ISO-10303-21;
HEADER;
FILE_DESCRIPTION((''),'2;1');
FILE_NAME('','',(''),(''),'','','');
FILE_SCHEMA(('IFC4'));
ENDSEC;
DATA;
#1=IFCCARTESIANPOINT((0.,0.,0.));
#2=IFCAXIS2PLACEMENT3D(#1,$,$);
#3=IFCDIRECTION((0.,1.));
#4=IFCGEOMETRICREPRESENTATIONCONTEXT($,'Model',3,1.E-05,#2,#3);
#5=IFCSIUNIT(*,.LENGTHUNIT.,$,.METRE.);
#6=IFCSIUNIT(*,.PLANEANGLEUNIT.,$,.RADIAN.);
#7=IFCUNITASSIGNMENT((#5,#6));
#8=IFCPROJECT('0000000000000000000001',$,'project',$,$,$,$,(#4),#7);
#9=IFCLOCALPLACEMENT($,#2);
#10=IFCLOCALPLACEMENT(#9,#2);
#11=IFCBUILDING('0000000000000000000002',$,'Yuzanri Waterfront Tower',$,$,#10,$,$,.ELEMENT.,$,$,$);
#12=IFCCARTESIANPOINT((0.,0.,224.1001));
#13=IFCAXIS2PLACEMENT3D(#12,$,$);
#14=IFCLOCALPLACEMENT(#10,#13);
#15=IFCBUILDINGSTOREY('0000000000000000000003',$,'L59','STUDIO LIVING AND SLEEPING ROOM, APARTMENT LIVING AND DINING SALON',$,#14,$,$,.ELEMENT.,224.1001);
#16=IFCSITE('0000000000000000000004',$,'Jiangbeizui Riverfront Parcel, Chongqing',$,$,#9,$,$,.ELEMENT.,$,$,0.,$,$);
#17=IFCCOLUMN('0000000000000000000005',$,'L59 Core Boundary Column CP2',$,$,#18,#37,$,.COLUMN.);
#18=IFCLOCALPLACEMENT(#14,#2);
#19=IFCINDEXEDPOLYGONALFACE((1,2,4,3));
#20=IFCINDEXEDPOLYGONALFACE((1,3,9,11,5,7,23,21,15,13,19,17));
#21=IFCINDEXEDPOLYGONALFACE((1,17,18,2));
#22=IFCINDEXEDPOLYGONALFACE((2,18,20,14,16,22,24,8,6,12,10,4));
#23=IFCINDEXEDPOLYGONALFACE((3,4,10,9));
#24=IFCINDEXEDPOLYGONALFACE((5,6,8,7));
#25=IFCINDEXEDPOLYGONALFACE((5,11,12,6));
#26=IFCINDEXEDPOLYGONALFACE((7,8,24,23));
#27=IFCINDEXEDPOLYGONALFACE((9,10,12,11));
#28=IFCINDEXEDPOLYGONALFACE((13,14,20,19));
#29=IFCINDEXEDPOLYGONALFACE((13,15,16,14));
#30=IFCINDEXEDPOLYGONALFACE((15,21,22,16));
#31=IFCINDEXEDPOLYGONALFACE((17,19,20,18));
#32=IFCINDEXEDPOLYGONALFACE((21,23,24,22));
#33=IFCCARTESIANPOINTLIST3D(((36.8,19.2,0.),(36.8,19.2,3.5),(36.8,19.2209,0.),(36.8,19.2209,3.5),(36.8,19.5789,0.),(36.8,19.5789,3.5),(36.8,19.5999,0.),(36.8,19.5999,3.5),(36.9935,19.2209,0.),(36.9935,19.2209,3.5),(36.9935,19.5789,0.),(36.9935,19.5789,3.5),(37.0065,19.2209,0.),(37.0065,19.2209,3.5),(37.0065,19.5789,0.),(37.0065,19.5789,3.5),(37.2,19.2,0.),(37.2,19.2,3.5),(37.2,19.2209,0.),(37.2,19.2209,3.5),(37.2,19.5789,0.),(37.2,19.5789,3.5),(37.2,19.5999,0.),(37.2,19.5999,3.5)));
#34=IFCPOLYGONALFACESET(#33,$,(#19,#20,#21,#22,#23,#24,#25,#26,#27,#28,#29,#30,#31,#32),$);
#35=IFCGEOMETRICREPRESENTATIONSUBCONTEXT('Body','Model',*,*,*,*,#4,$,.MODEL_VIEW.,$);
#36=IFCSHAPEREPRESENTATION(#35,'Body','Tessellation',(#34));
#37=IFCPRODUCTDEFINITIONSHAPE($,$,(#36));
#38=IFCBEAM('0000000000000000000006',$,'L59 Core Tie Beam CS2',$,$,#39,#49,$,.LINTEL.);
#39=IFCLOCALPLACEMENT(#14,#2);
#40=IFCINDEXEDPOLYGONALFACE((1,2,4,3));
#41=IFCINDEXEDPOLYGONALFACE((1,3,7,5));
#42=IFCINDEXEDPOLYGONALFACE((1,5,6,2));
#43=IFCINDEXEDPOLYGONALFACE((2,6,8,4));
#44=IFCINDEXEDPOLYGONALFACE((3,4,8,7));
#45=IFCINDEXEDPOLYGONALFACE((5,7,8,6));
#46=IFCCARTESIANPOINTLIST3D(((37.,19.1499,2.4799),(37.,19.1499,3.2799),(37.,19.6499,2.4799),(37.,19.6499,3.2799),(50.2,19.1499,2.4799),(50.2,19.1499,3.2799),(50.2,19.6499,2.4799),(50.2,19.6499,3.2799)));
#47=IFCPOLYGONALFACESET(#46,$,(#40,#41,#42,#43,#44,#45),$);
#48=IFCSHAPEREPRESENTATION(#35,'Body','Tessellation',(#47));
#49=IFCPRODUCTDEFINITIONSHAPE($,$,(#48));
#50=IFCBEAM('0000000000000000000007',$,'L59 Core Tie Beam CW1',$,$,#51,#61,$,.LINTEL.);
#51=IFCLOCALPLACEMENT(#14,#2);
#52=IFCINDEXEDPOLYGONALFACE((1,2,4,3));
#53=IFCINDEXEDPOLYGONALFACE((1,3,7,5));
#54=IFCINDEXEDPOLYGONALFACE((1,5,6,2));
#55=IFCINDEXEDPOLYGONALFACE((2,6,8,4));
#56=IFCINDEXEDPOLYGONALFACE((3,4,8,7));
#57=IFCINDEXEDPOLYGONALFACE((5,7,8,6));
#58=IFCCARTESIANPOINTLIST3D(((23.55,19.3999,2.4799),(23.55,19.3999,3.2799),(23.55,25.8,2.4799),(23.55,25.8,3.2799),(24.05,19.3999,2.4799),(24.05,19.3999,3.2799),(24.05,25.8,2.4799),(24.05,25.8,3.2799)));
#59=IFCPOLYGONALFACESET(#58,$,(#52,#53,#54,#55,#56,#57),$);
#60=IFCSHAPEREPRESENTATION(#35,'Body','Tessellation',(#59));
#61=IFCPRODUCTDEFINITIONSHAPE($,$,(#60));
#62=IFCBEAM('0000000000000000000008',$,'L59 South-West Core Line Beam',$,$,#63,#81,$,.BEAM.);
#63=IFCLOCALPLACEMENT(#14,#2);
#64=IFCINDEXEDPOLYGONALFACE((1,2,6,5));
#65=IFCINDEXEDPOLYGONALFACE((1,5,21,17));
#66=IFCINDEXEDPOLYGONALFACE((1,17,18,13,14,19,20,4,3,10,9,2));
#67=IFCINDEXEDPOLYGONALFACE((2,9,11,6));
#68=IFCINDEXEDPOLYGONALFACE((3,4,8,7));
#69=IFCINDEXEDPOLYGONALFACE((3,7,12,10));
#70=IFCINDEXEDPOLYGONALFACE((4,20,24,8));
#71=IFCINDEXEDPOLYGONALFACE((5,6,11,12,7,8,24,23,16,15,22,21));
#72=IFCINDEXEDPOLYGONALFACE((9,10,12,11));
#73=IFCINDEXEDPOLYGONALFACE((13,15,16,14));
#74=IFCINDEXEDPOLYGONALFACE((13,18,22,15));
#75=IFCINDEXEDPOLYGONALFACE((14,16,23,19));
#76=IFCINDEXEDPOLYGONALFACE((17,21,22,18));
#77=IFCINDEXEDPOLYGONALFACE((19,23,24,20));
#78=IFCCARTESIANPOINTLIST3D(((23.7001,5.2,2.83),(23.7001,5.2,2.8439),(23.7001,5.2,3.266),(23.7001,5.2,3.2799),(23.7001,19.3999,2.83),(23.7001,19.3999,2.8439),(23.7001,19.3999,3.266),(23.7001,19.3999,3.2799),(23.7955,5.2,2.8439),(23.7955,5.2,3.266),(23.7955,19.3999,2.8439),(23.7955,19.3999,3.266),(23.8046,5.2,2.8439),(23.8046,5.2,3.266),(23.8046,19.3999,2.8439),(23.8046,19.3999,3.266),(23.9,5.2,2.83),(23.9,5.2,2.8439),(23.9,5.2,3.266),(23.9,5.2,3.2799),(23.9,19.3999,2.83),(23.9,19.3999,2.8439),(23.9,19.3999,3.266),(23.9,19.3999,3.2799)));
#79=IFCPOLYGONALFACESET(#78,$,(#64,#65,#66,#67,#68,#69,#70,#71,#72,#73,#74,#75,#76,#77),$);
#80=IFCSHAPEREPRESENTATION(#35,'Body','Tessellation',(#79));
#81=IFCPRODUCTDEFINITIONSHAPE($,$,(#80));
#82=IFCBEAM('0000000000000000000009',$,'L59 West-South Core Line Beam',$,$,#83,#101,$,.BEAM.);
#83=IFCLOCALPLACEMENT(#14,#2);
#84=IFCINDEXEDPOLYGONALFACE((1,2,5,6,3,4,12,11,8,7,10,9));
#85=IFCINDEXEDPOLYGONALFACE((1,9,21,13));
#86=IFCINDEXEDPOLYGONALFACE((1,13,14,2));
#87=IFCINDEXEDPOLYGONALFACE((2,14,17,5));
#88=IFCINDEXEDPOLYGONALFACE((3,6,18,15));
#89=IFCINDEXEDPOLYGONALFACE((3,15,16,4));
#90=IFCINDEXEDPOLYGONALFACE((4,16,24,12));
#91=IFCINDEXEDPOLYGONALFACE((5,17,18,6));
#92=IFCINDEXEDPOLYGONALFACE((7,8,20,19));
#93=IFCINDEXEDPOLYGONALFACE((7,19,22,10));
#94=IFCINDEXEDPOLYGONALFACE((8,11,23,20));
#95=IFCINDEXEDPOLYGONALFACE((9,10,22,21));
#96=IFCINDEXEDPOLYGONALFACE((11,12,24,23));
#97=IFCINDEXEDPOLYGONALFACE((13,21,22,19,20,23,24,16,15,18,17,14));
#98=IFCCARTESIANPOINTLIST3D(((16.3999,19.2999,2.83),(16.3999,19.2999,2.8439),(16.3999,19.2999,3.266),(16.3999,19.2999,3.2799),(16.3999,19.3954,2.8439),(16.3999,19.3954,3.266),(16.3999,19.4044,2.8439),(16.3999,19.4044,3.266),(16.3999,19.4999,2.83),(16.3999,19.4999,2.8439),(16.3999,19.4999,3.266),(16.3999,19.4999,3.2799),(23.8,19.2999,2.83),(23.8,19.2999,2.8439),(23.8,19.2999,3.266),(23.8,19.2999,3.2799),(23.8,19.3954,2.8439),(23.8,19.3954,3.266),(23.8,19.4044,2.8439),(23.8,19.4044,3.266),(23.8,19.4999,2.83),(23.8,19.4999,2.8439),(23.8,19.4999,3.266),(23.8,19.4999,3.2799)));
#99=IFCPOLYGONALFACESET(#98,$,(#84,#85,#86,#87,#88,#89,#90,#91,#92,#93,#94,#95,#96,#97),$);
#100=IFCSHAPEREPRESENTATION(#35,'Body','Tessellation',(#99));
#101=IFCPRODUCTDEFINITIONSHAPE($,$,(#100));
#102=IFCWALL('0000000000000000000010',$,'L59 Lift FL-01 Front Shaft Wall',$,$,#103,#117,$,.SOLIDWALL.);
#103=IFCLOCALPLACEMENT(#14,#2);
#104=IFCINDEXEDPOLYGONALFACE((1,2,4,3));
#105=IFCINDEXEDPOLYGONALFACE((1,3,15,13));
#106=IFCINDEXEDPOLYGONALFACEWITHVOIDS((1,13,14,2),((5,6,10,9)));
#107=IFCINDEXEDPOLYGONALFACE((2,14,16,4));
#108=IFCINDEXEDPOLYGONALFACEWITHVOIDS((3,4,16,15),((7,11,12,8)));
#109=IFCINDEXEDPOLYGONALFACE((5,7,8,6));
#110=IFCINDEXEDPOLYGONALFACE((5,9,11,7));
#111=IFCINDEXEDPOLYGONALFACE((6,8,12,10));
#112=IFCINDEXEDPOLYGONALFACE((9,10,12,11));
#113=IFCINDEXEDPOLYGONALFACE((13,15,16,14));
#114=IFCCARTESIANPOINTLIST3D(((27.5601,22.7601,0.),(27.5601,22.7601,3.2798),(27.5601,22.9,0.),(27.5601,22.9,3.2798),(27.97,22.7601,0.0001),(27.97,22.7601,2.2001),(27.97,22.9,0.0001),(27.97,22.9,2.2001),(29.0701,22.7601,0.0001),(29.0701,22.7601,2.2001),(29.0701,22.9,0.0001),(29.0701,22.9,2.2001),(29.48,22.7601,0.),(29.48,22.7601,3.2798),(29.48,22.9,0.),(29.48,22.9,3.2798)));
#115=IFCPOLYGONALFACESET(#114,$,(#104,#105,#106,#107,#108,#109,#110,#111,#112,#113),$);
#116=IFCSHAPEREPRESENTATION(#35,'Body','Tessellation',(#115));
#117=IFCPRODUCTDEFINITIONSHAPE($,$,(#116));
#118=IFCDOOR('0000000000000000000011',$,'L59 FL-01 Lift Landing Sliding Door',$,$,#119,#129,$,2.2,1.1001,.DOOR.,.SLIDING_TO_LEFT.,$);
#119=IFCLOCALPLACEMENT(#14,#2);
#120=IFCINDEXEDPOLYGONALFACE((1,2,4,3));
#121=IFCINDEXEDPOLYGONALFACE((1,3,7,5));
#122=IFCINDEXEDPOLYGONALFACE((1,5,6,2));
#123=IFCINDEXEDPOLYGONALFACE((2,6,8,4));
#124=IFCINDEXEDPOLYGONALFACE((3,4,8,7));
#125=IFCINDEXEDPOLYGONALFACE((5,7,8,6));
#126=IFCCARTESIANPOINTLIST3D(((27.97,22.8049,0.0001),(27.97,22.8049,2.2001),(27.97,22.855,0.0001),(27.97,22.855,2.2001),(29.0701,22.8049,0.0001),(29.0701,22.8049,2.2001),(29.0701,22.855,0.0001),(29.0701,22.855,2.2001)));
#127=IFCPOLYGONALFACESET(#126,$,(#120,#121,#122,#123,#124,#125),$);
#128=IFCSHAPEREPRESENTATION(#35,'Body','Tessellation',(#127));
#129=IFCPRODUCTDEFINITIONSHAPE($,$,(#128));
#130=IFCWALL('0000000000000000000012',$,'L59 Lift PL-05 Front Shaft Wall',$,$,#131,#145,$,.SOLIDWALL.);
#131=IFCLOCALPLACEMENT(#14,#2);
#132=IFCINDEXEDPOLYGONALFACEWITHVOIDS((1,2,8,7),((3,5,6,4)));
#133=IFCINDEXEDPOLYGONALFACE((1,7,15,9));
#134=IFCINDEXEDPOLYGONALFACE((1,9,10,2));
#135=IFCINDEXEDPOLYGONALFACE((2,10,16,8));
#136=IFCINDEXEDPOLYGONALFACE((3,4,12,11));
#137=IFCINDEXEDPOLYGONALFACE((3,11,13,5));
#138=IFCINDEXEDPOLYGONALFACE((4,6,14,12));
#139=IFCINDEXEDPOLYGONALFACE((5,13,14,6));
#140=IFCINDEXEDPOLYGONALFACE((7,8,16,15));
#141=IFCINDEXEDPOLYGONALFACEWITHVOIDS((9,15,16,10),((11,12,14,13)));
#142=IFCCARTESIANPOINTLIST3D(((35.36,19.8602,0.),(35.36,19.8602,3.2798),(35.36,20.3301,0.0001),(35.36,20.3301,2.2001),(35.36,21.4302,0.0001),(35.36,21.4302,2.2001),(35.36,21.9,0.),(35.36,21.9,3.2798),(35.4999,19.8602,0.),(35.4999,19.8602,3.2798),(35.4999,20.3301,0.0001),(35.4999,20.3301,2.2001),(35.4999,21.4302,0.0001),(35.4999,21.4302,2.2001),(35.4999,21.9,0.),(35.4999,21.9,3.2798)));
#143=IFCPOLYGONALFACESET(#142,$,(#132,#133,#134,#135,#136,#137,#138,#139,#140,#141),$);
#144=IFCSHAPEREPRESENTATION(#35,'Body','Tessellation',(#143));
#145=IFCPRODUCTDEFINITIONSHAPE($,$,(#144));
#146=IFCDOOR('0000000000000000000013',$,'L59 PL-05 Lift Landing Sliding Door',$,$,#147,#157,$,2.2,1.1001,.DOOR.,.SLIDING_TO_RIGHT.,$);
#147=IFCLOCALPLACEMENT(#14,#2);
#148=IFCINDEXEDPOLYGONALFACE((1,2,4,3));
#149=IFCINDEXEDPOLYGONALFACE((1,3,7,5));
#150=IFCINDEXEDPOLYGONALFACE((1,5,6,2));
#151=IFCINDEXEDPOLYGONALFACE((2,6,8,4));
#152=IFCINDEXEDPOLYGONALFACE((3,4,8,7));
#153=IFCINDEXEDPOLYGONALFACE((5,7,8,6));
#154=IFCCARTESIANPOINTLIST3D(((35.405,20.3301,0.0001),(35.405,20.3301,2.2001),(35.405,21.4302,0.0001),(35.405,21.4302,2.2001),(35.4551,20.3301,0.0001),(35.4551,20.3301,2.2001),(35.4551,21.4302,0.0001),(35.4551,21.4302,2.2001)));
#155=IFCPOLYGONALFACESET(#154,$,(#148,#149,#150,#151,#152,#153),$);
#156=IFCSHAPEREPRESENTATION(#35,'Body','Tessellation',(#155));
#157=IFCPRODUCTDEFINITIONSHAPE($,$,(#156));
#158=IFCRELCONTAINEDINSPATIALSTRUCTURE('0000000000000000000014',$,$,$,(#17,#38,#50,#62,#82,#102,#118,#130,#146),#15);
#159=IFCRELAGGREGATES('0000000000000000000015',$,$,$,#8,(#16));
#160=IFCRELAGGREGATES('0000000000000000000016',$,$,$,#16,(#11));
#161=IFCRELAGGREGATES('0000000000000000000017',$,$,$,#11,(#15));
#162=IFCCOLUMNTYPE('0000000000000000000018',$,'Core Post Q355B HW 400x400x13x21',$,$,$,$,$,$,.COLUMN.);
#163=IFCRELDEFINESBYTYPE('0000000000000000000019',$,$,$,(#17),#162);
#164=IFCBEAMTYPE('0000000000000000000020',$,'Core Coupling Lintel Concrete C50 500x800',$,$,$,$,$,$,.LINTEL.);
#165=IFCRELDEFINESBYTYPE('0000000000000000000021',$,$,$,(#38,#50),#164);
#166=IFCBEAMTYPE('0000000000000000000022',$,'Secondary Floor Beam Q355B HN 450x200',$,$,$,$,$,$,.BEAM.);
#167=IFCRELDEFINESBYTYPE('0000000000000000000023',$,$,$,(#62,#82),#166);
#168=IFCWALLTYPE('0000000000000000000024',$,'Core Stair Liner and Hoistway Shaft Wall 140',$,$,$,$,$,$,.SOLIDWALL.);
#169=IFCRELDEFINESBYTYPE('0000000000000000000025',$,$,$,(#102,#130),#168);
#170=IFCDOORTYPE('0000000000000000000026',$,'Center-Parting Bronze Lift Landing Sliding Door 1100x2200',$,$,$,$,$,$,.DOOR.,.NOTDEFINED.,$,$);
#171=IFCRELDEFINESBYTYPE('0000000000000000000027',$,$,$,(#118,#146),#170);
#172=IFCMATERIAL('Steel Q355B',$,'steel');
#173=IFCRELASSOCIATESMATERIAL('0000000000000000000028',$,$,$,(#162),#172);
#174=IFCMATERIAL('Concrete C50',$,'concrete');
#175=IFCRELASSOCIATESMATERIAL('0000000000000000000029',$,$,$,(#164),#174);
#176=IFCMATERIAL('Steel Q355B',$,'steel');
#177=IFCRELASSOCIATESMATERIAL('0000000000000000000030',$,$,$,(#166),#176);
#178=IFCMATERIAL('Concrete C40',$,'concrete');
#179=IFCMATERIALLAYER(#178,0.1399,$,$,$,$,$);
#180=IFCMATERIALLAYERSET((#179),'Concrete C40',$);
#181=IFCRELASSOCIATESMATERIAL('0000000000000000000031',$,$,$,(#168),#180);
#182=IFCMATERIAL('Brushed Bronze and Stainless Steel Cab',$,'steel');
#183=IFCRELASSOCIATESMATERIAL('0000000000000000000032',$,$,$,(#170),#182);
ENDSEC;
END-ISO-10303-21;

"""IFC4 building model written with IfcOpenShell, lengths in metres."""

from ifc_helpers import new_model, si_unit, direction, frame, frame_2d, origin, origin_2d, place, context, subcontext, project, spatial, rectangle, i_section, extrude, source, transform, mapped, material, layer, layer_set, material_profile, profile_set, type_object, element, fill, save


model = new_model("IFC4")

# Units and contexts
model_context = context("Model", 3, precision=1e-05, world=origin(), true_north=direction((0.0, 1.0)))
body_context = subcontext(model_context, "Body", "Model", "MODEL_VIEW")
ifc_project = project(units=[si_unit("LENGTHUNIT", "METRE"), si_unit("PLANEANGLEUNIT", "RADIAN")], contexts=[model_context])

# Site, building, storey
site_placement = place(None, origin())
site = spatial("IfcSite", under=ifc_project, at=site_placement, Name="Jiangbeizui Riverfront Parcel, Chongqing", CompositionType="ELEMENT", RefElevation=0.0)
building_placement = place(site_placement, origin())
building = spatial("IfcBuilding", under=site, at=building_placement, Name="Yuzanri Waterfront Tower", CompositionType="ELEMENT")
storey_placement = place(building_placement, frame((0.0, 0.0, 224.1001)))
storey = spatial("IfcBuildingStorey", under=building, at=storey_placement, Name="L59", Description="STUDIO LIVING AND SLEEPING ROOM, APARTMENT LIVING AND DINING SALON", CompositionType="ELEMENT", Elevation=224.1001)

# Column
ifc_material_1 = material(Name="Steel Q355B", Category="steel")
ifc_material_profile_1 = material_profile(ifc_material_1, i_section(OverallWidth=0.3999, OverallDepth=0.3999, WebThickness=0.0129, FlangeThickness=0.021, at=origin_2d()), Name="HW 400x400x13x21")
ifc_profile_set_1 = profile_set([ifc_material_profile_1], Name="Steel Q355B")
column_type = type_object("IfcColumnType", Name="Core Post Q355B HW 400x400x13x21", PredefinedType="COLUMN", material=ifc_profile_set_1)
shared_shape_1 = source(origin(), body_context, "Body", "SweptSolid", [
    extrude(i_section(OverallWidth=0.3999, OverallDepth=0.3999, WebThickness=0.0129, FlangeThickness=0.021, at=origin_2d()), origin(), (0.0, 0.0, 1.0), 3.5),
])
column_placement = place(storey_placement, frame((37.0, 19.3999, 0.0), z_axis=(0.0, 0.0, 1.0), x_axis=(1.0, 0.0, 0.0)))
element("IfcColumn", 1, at=column_placement, inside=storey, type_object=column_type, Name="L59 Core Boundary Column CP2", PredefinedType="COLUMN", context=body_context, shape_type="MappedRepresentation", body=[
    mapped(shared_shape_1, transform((0.0, 0.0, 0.0), scale=1.0)),
])

# Beams
ifc_material_2 = material(Name="Concrete C50", Category="concrete")
ifc_material_profile_2 = material_profile(ifc_material_2, rectangle(XDim=0.5, YDim=0.8, at=origin_2d()), Name="RC 500x800")
ifc_profile_set_2 = profile_set([ifc_material_profile_2], Name="Concrete C50")
beam_type_1 = type_object("IfcBeamType", Name="Core Coupling Lintel Concrete C50 500x800", PredefinedType="LINTEL", material=ifc_profile_set_2)
shared_shape_2 = source(origin(), body_context, "Body", "SweptSolid", [
    extrude(rectangle(XDim=0.5, YDim=0.8, at=origin_2d()), origin(), (0.0, 0.0, 1.0), 13.2),
])
beam_1_placement = place(storey_placement, frame((37.0, 19.3999, 2.8799), z_axis=(1.0, 0.0, 0.0), x_axis=(0.0, 1.0, 0.0)))
element("IfcBeam", 2, at=beam_1_placement, inside=storey, type_object=beam_type_1, Name="L59 Core Tie Beam CS2", PredefinedType="LINTEL", context=body_context, shape_type="MappedRepresentation", body=[
    mapped(shared_shape_2, transform((0.0, 0.0, 0.0), scale=1.0)),
])
shared_shape_3 = source(origin(), body_context, "Body", "SweptSolid", [
    extrude(rectangle(XDim=0.5, YDim=0.8, at=origin_2d()), origin(), (0.0, 0.0, 1.0), 6.4001),
])
beam_2_placement = place(storey_placement, frame((23.8, 19.3999, 2.8799), z_axis=(0.0, 1.0, 0.0), x_axis=(-1.0, 0.0, 0.0)))
element("IfcBeam", 3, at=beam_2_placement, inside=storey, type_object=beam_type_1, Name="L59 Core Tie Beam CW1", PredefinedType="LINTEL", context=body_context, shape_type="MappedRepresentation", body=[
    mapped(shared_shape_3, transform((0.0, 0.0, 0.0), scale=1.0)),
])
ifc_material_3 = material(Name="Steel Q355B", Category="steel")
ifc_material_profile_3 = material_profile(ifc_material_3, i_section(OverallWidth=0.2, OverallDepth=0.45, WebThickness=0.009, FlangeThickness=0.0139, at=origin_2d()), Name="HN 450x200x9x14")
ifc_profile_set_3 = profile_set([ifc_material_profile_3], Name="Steel Q355B")
beam_type_2 = type_object("IfcBeamType", Name="Secondary Floor Beam Q355B HN 450x200", PredefinedType="BEAM", material=ifc_profile_set_3)
shared_shape_4 = source(origin(), body_context, "Body", "SweptSolid", [
    extrude(i_section(OverallWidth=0.2, OverallDepth=0.45, WebThickness=0.009, FlangeThickness=0.0139, at=origin_2d()), origin(), (0.0, 0.0, 1.0), 14.2),
])
beam_3_placement = place(storey_placement, frame((23.8, 19.3999, 3.0549), z_axis=(0.0, -1.0, 0.0), x_axis=(1.0, 0.0, 0.0)))
element("IfcBeam", 4, at=beam_3_placement, inside=storey, type_object=beam_type_2, Name="L59 South-West Core Line Beam", PredefinedType="BEAM", context=body_context, shape_type="MappedRepresentation", body=[
    mapped(shared_shape_4, transform((0.0, 0.0, 0.0), scale=1.0)),
])
shared_shape_5 = source(origin(), body_context, "Body", "SweptSolid", [
    extrude(i_section(OverallWidth=0.2, OverallDepth=0.45, WebThickness=0.009, FlangeThickness=0.0139, at=origin_2d()), origin(), (0.0, 0.0, 1.0), 7.4001),
])
beam_4_placement = place(storey_placement, frame((23.8, 19.3999, 3.0549), z_axis=(-1.0, 0.0, 0.0), x_axis=(0.0, -1.0, 0.0)))
element("IfcBeam", 5, at=beam_4_placement, inside=storey, type_object=beam_type_2, Name="L59 West-South Core Line Beam", PredefinedType="BEAM", context=body_context, shape_type="MappedRepresentation", body=[
    mapped(shared_shape_5, transform((0.0, 0.0, 0.0), scale=1.0)),
])

# Walls, openings, doors
ifc_material_4 = material(Name="Concrete C40", Category="concrete")
ifc_layer_1 = layer(ifc_material_4, 0.1399)
ifc_layer_set_1 = layer_set([ifc_layer_1], Name="Concrete C40")
wall_type_1 = type_object("IfcWallType", Name="Core Stair Liner and Hoistway Shaft Wall 140", PredefinedType="SOLIDWALL", material=ifc_layer_set_1)
wall_1_placement = place(storey_placement, frame((27.5601, 22.8301, 0.0), z_axis=(0.0, 0.0, 1.0), x_axis=(1.0, 0.0, 0.0)))
wall_1 = element("IfcWall", 6, at=wall_1_placement, inside=storey, type_object=wall_type_1, Name="L59 Lift FL-01 Front Shaft Wall", PredefinedType="SOLIDWALL", context=body_context, shape_type="SweptSolid", body=[
    extrude(rectangle(XDim=1.9199, YDim=0.1399, at=frame_2d((0.96, 0.0))), origin(), (0.0, 0.0, 1.0), 3.2798),
])
opening_1_placement = place(wall_1_placement, frame((0.4099, 0.0, 0.0)))
opening_1 = element("IfcOpeningElement", 7, at=opening_1_placement, cuts=wall_1, PredefinedType="OPENING", context=body_context, shape_type="SweptSolid", body=[
    extrude(rectangle(XDim=1.1001, YDim=2.2, at=frame_2d((0.55, 1.1001))), frame((0.0, 0.085, 0.0), z_axis=(0.0, -1.0, 0.0), x_axis=(1.0, 0.0, 0.0)), (0.0, 0.0, 1.0), 0.1697),
])
ifc_material_5 = material(Name="Brushed Bronze and Stainless Steel Cab", Category="steel")
door_type_1 = type_object("IfcDoorType", Name="Center-Parting Bronze Lift Landing Sliding Door 1100x2200", OperationType="NOTDEFINED", PredefinedType="DOOR", material=ifc_material_5)
shared_shape_6 = source(origin(), body_context, "Body", "SweptSolid", [
    extrude(rectangle(XDim=1.1001, YDim=2.2, at=frame_2d((0.55, 1.1001))), frame((0.0, 0.0249, 0.0), z_axis=(0.0, -1.0, 0.0), x_axis=(1.0, 0.0, 0.0)), (0.0, 0.0, 1.0), 0.05),
])
door_1_placement = place(opening_1_placement, origin())
door_1 = element("IfcDoor", 8, at=door_1_placement, inside=storey, type_object=door_type_1, Name="L59 FL-01 Lift Landing Sliding Door", OperationType="SLIDING_TO_LEFT", OverallHeight=2.2, OverallWidth=1.1001, PredefinedType="DOOR", context=body_context, shape_type="MappedRepresentation", body=[
    mapped(shared_shape_6, transform((0.0, 0.0, 0.0), scale=1.0)),
])
fill(opening_1, door_1)
wall_2_placement = place(storey_placement, frame((35.4299, 19.8601, 0.0), z_axis=(0.0, 0.0, 1.0), x_axis=(0.0, 1.0, 0.0)))
wall_2 = element("IfcWall", 9, at=wall_2_placement, inside=storey, type_object=wall_type_1, Name="L59 Lift PL-05 Front Shaft Wall", PredefinedType="SOLIDWALL", context=body_context, shape_type="SweptSolid", body=[
    extrude(rectangle(XDim=2.0398, YDim=0.1399, at=frame_2d((1.02, 0.0))), origin(), (0.0, 0.0, 1.0), 3.2798),
])
opening_2_placement = place(wall_2_placement, frame((0.47, 0.0, 0.0)))
opening_2 = element("IfcOpeningElement", 10, at=opening_2_placement, cuts=wall_2, PredefinedType="OPENING", context=body_context, shape_type="SweptSolid", body=[
    extrude(rectangle(XDim=1.1001, YDim=2.2, at=frame_2d((0.55, 1.1001))), frame((0.0, 0.085, 0.0), z_axis=(0.0, -1.0, 0.0), x_axis=(1.0, 0.0, 0.0)), (0.0, 0.0, 1.0), 0.1697),
])
door_2_placement = place(opening_2_placement, origin())
door_2 = element("IfcDoor", 11, at=door_2_placement, inside=storey, type_object=door_type_1, Name="L59 PL-05 Lift Landing Sliding Door", OperationType="SLIDING_TO_RIGHT", OverallHeight=2.2, OverallWidth=1.1001, PredefinedType="DOOR", context=body_context, shape_type="MappedRepresentation", body=[
    mapped(shared_shape_6, transform((0.0, 0.0, 0.0), scale=1.0)),
])
fill(opening_2, door_2)

save(model, "model.ifc")
